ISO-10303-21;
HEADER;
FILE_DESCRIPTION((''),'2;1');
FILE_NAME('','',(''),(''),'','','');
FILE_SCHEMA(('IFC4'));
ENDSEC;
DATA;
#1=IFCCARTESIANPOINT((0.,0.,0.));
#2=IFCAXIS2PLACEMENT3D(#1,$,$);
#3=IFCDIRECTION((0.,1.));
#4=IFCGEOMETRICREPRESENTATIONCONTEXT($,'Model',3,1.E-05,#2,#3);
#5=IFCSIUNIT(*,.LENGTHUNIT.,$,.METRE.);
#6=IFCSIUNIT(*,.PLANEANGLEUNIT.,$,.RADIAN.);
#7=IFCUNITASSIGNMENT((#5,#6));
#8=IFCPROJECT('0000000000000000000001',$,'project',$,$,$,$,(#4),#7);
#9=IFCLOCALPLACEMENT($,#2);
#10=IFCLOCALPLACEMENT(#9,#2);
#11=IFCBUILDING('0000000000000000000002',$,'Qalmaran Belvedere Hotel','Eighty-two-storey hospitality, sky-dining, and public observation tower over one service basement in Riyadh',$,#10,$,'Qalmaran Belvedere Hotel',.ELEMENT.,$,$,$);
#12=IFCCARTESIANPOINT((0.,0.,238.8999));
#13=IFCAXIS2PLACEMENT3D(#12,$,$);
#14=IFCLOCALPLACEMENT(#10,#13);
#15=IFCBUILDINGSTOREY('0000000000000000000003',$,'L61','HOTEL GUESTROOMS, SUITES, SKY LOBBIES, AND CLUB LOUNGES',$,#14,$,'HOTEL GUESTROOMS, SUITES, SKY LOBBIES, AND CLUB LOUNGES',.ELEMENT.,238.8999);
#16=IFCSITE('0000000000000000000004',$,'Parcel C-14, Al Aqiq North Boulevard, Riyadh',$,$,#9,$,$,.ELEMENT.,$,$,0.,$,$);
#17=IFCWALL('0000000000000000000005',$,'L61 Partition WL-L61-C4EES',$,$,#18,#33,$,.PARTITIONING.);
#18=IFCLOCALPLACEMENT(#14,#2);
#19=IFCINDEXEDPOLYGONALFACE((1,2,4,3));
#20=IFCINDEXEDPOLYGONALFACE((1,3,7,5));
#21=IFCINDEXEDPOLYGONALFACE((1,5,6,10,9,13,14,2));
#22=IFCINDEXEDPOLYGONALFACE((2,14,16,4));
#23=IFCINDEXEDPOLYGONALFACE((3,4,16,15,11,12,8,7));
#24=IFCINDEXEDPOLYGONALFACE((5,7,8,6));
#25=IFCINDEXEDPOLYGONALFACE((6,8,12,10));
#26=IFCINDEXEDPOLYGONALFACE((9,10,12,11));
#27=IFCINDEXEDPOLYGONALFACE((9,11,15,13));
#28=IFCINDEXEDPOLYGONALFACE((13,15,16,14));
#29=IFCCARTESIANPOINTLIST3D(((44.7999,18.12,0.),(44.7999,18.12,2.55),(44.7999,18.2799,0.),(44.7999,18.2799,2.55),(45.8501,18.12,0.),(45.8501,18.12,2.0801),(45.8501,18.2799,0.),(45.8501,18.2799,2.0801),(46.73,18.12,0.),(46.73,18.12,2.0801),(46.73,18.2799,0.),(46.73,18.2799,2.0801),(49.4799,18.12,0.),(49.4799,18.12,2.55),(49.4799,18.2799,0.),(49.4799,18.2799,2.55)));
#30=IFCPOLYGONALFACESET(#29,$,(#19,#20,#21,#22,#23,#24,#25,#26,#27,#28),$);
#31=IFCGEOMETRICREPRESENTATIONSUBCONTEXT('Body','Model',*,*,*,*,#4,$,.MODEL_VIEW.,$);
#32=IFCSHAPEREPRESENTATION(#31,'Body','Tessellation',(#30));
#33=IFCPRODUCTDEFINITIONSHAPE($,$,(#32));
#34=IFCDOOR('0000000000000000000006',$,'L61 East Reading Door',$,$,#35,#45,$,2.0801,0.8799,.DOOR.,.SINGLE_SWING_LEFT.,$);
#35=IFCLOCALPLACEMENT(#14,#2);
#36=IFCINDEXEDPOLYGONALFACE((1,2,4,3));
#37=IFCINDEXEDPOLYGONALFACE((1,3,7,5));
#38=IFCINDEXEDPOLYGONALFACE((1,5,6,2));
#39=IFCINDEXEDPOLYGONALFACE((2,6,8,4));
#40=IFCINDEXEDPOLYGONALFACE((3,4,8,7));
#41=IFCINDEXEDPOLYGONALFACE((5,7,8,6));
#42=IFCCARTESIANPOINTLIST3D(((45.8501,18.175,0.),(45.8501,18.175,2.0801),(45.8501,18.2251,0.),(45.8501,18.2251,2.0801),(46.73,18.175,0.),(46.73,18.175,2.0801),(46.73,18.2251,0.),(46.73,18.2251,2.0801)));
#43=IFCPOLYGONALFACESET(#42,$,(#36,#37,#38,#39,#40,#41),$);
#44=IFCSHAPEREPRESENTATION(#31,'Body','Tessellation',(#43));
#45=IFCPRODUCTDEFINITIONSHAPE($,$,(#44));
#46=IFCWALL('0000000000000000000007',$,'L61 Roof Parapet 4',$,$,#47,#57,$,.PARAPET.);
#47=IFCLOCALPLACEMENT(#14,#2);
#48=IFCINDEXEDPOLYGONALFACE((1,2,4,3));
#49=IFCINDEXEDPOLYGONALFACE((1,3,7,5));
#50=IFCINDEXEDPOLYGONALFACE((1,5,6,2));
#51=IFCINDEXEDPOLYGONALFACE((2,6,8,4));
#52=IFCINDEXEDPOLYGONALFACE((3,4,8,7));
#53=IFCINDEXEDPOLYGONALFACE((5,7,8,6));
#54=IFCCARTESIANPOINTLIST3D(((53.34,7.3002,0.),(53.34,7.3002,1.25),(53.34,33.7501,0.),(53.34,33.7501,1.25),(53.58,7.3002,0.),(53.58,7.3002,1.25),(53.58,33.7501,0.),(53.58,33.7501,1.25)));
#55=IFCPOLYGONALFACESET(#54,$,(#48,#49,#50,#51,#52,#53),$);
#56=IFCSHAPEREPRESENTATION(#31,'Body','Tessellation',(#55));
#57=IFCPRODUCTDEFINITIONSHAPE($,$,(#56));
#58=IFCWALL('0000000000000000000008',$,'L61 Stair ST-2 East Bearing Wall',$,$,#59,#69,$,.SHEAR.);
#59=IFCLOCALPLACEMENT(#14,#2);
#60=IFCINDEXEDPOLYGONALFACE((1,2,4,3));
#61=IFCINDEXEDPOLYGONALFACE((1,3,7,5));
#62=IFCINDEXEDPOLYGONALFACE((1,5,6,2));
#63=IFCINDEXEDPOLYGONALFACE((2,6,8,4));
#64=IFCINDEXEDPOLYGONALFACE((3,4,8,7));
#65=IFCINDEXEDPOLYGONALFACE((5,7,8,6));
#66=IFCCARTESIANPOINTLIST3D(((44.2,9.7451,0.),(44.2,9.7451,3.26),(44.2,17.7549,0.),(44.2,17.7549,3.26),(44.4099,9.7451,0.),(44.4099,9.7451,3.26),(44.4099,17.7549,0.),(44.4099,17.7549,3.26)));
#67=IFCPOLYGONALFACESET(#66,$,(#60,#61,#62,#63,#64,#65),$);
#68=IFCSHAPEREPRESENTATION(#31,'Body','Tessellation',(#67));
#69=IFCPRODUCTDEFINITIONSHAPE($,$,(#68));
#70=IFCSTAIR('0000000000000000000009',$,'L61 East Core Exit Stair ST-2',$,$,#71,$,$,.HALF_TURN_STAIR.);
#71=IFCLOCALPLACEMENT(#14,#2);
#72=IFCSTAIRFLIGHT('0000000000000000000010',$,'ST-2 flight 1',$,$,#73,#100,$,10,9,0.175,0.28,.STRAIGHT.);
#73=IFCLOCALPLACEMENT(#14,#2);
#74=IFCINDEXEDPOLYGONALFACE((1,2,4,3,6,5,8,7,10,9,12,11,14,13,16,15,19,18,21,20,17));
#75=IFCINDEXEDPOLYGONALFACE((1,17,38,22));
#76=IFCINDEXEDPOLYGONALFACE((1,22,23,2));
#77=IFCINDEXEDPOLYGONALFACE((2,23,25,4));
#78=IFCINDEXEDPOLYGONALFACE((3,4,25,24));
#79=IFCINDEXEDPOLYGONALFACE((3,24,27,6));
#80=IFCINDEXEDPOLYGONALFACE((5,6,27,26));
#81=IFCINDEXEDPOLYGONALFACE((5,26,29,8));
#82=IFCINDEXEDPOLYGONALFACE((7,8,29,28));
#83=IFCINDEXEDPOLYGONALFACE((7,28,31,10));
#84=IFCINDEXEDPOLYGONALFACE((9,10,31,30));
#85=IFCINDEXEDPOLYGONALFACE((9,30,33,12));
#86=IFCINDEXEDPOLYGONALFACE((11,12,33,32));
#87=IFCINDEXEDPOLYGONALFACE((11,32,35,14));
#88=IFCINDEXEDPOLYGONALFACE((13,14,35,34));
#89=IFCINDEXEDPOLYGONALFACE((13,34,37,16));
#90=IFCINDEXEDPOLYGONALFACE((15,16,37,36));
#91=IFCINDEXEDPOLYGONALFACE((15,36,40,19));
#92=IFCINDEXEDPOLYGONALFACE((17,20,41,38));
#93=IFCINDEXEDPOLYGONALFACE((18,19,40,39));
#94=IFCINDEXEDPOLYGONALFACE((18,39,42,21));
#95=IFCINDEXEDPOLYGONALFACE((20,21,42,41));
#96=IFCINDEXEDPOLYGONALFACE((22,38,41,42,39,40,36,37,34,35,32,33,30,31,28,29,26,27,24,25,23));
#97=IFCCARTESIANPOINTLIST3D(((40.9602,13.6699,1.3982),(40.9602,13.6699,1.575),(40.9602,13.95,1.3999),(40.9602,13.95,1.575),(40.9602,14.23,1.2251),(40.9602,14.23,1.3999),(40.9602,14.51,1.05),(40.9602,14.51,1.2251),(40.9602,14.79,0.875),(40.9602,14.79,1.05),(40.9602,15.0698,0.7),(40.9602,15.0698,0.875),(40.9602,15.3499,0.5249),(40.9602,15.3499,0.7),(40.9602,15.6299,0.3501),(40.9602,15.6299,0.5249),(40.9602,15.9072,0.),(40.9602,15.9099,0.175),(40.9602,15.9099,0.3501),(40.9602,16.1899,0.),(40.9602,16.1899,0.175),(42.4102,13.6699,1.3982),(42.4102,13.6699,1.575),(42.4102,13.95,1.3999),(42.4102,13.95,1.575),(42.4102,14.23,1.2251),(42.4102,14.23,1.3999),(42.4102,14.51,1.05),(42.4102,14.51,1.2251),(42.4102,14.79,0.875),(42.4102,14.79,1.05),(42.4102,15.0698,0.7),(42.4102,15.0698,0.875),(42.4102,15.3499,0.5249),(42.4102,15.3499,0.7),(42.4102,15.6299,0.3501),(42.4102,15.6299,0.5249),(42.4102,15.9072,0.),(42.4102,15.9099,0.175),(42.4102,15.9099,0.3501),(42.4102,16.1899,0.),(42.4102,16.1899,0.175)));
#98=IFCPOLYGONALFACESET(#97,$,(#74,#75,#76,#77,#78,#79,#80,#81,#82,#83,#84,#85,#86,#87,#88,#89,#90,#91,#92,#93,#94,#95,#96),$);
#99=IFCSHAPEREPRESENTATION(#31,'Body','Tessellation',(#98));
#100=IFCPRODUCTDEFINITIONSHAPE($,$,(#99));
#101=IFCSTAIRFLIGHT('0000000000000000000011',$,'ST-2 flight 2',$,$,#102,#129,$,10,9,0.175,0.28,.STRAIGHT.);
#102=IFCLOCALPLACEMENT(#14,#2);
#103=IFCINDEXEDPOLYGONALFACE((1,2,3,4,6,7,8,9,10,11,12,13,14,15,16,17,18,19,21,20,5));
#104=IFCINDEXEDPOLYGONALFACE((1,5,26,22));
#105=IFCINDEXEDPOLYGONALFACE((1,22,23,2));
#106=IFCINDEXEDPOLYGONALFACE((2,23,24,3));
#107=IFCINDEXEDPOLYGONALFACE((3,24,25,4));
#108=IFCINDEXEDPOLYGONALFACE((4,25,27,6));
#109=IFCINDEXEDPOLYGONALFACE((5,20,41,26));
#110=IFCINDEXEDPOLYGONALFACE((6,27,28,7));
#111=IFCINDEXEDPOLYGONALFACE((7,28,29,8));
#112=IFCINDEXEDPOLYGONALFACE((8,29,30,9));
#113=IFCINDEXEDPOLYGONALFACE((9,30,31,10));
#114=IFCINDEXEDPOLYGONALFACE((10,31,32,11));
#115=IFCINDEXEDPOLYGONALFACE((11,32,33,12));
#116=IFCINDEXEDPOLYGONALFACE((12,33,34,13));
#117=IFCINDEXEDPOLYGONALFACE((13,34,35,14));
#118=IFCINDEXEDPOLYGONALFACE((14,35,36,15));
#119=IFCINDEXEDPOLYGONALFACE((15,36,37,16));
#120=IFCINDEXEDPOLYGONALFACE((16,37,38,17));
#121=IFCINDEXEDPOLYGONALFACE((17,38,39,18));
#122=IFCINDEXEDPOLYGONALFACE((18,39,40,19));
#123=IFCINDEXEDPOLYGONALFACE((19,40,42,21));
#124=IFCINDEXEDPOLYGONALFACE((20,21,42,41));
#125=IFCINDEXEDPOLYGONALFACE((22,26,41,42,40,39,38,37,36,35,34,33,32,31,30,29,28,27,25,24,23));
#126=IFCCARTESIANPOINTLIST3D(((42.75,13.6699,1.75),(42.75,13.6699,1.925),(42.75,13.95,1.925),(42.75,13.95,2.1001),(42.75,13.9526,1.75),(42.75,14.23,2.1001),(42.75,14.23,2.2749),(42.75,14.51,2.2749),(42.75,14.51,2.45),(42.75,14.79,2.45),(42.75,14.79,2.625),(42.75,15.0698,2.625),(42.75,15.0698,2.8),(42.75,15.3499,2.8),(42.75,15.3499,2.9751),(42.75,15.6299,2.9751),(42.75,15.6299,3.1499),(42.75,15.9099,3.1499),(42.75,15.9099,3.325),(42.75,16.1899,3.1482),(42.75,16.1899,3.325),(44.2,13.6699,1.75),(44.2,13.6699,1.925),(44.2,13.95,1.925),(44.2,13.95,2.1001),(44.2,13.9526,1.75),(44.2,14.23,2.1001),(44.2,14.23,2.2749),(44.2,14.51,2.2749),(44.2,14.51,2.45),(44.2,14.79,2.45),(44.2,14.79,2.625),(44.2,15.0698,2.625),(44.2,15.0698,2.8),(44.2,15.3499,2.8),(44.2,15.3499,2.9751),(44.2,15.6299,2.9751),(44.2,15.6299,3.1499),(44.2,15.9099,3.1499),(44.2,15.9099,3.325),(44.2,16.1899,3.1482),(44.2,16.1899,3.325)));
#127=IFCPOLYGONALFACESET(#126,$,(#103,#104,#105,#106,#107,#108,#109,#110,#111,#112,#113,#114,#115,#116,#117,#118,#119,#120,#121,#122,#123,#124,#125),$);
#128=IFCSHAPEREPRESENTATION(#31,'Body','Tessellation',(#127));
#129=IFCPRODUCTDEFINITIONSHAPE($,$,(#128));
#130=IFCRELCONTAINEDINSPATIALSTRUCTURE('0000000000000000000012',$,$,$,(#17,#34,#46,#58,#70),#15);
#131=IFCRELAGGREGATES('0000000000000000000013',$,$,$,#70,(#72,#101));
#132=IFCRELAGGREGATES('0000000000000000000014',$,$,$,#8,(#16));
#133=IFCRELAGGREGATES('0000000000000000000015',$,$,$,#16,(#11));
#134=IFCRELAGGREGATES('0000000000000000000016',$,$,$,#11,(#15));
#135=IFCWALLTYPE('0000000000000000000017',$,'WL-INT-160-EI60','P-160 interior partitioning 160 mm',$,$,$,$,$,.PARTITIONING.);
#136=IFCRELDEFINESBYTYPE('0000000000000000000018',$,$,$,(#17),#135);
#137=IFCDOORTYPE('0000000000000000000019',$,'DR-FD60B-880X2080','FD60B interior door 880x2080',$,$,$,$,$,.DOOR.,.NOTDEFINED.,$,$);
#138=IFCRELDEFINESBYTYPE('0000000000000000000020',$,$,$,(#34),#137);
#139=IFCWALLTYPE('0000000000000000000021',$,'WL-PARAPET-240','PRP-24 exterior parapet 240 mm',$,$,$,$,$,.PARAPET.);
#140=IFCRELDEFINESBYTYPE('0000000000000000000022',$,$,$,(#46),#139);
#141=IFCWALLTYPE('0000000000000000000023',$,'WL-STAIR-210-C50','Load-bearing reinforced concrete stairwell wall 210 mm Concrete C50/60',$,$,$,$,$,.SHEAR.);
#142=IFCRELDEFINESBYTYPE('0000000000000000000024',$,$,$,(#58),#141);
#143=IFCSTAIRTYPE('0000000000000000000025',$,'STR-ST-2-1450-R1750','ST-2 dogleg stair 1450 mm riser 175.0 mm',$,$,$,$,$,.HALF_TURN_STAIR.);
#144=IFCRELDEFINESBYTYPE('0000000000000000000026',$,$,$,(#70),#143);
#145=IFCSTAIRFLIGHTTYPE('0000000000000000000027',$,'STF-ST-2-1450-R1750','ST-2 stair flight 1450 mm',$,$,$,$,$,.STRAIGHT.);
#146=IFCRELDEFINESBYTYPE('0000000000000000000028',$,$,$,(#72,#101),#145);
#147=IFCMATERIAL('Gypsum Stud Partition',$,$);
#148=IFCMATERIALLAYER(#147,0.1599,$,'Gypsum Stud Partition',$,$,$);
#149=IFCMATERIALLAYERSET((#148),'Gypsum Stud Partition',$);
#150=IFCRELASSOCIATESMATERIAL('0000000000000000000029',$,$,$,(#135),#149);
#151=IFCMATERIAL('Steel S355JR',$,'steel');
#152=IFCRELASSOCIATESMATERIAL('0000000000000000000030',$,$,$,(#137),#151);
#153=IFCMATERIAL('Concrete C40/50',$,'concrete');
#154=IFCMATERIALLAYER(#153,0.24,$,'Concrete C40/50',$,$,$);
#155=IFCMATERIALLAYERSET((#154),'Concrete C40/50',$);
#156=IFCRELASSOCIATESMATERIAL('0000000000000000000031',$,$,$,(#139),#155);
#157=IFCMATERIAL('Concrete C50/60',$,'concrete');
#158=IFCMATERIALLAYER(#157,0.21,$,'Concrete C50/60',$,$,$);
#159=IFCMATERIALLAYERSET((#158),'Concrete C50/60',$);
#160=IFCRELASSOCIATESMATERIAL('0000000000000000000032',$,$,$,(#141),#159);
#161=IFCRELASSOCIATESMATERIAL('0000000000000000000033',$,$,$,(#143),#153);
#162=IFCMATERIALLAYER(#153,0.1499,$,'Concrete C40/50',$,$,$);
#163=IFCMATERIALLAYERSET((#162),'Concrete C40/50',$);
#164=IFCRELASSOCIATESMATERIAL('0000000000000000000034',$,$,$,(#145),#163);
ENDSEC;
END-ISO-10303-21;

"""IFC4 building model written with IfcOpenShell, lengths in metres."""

from ifc_helpers import new_model, si_unit, direction, frame, frame_2d, origin, place, context, subcontext, project, spatial, polyline, rectangle, outline, extrude, material, layer, layer_set, type_object, element, fill, aggregate, save


model = new_model("IFC4")

# Units and contexts
model_context = context("Model", 3, precision=1e-05, world=origin(), true_north=direction((0.0, 1.0)))
body_context = subcontext(model_context, "Body", "Model", "MODEL_VIEW")
ifc_project = project(units=[si_unit("LENGTHUNIT", "METRE"), si_unit("PLANEANGLEUNIT", "RADIAN")], contexts=[model_context])

# Site, building, storey
site_placement = place(None, origin())
site = spatial("IfcSite", under=ifc_project, at=site_placement, Name="Parcel C-14, Al Aqiq North Boulevard, Riyadh", CompositionType="ELEMENT", RefElevation=0.0)
building_placement = place(site_placement, origin())
building = spatial("IfcBuilding", under=site, at=building_placement, Name="Qalmaran Belvedere Hotel", Description="Eighty-two-storey hospitality, sky-dining, and public observation tower over one service basement in Riyadh", LongName="Qalmaran Belvedere Hotel", CompositionType="ELEMENT")
storey_placement = place(building_placement, frame((0.0, 0.0, 238.8999)))
storey = spatial("IfcBuildingStorey", under=building, at=storey_placement, Name="L61", Description="HOTEL GUESTROOMS, SUITES, SKY LOBBIES, AND CLUB LOUNGES", LongName="HOTEL GUESTROOMS, SUITES, SKY LOBBIES, AND CLUB LOUNGES", CompositionType="ELEMENT", Elevation=238.8999)

# Shared definitions
ifc_material_1 = material(Name="Concrete C50/60", Category="concrete")

# Shared definitions
ifc_material_2 = material(Name="Steel S355JR", Category="steel")

# Shared definitions
ifc_material_3 = material(Name="Gypsum Stud Partition")

# Wall, opening, door
ifc_layer_1 = layer(ifc_material_3, 0.1599, Name="Gypsum Stud Partition")
ifc_layer_set_1 = layer_set([ifc_layer_1], Name="Gypsum Stud Partition")
wall_type_1 = type_object("IfcWallType", Name="WL-INT-160-EI60", Description="P-160 interior partitioning 160 mm", PredefinedType="PARTITIONING", material=ifc_layer_set_1)
wall_1_placement = place(storey_placement, frame((44.8, 18.2, 0.0), z_axis=(0.0, 0.0, 1.0), x_axis=(1.0, 0.0, 0.0)))
wall_1 = element("IfcWall", 1, at=wall_1_placement, inside=storey, type_object=wall_type_1, Name="L61 Partition WL-L61-C4EES", PredefinedType="PARTITIONING", context=body_context, shape_type="SweptSolid", body=[
    extrude(rectangle(XDim=4.6799, YDim=0.1599, at=frame_2d((2.3398, 0.0))), origin(), (0.0, 0.0, 1.0), 2.55),
])
opening_1_placement = place(wall_1_placement, frame((1.9299, 0.0, 0.0), z_axis=(0.0, 0.0, 1.0), x_axis=(-1.0, 0.0, 0.0)))
opening_1 = element("IfcOpeningElement", 2, at=opening_1_placement, cuts=wall_1, PredefinedType="OPENING", context=body_context, shape_type="SweptSolid", body=[
    extrude(rectangle(XDim=0.8799, YDim=2.0801, at=frame_2d((0.4399, 1.04))), frame((0.0, 0.0898, 0.0), z_axis=(0.0, -1.0, 0.0), x_axis=(1.0, 0.0, 0.0)), (0.0, 0.0, 1.0), 0.1799),
])
door_type = type_object("IfcDoorType", Name="DR-FD60B-880X2080", Description="FD60B interior door 880x2080", OperationType="NOTDEFINED", PredefinedType="DOOR", material=ifc_material_2)
door_placement = place(opening_1_placement, origin())
door = element("IfcDoor", 3, at=door_placement, inside=storey, type_object=door_type, Name="L61 East Reading Door", OperationType="SINGLE_SWING_LEFT", OverallHeight=2.0801, OverallWidth=0.8799, PredefinedType="DOOR", context=body_context, shape_type="SweptSolid", body=[
    extrude(rectangle(XDim=0.8799, YDim=2.0801, at=frame_2d((0.4399, 1.04))), frame((0.0, 0.0249, 0.0), z_axis=(0.0, -1.0, 0.0), x_axis=(1.0, 0.0, 0.0)), (0.0, 0.0, 1.0), 0.05),
])
fill(opening_1, door)

# Walls
ifc_material_4 = material(Name="Concrete C40/50", Category="concrete")
ifc_layer_2 = layer(ifc_material_4, 0.24, Name="Concrete C40/50")
ifc_layer_set_2 = layer_set([ifc_layer_2], Name="Concrete C40/50")
wall_type_2 = type_object("IfcWallType", Name="WL-PARAPET-240", Description="PRP-24 exterior parapet 240 mm", PredefinedType="PARAPET", material=ifc_layer_set_2)
wall_2_placement = place(storey_placement, frame((53.46, 7.3, 0.0), z_axis=(0.0, 0.0, 1.0), x_axis=(0.0, 1.0, 0.0)))
element("IfcWall", 4, at=wall_2_placement, inside=storey, type_object=wall_type_2, Name="L61 Roof Parapet 4", PredefinedType="PARAPET", context=body_context, shape_type="SweptSolid", body=[
    extrude(rectangle(XDim=26.45, YDim=0.24, at=frame_2d((13.2251, 0.0))), origin(), (0.0, 0.0, 1.0), 1.25),
])
ifc_layer_3 = layer(ifc_material_1, 0.21, Name="Concrete C50/60")
ifc_layer_set_3 = layer_set([ifc_layer_3], Name="Concrete C50/60")
wall_type_3 = type_object("IfcWallType", Name="WL-STAIR-210-C50", Description="Load-bearing reinforced concrete stairwell wall 210 mm Concrete C50/60", PredefinedType="SHEAR", material=ifc_layer_set_3)
wall_3_placement = place(storey_placement, frame((44.3049, 9.7451, 0.0), z_axis=(0.0, 0.0, 1.0), x_axis=(0.0, 1.0, 0.0)))
element("IfcWall", 5, at=wall_3_placement, inside=storey, type_object=wall_type_3, Name="L61 Stair ST-2 East Bearing Wall", PredefinedType="SHEAR", context=body_context, shape_type="SweptSolid", body=[
    extrude(rectangle(XDim=8.0098, YDim=0.21, at=frame_2d((4.0049, 0.0))), origin(), (0.0, 0.0, 1.0), 3.26),
])

# Stair, stair flights
stair_type = type_object("IfcStairType", Name="STR-ST-2-1450-R1750", Description="ST-2 dogleg stair 1450 mm riser 175.0 mm", PredefinedType="HALF_TURN_STAIR", material=ifc_material_4)
stair_placement = place(storey_placement, origin())
stair = element("IfcStair", 6, at=stair_placement, inside=storey, type_object=stair_type, Name="L61 East Core Exit Stair ST-2", PredefinedType="HALF_TURN_STAIR")
ifc_layer_4 = layer(ifc_material_4, 0.1499, Name="Concrete C40/50")
ifc_layer_set_4 = layer_set([ifc_layer_4], Name="Concrete C40/50")
stair_flight_type = type_object("IfcStairFlightType", Name="STF-ST-2-1450-R1750", Description="ST-2 stair flight 1450 mm", PredefinedType="STRAIGHT", material=ifc_layer_set_4)
stair_flight_1_placement = place(storey_placement, frame((41.6851, 16.1899, 0.0), z_axis=(0.0, 0.0, 1.0), x_axis=(0.0, -1.0, 0.0)))
stair_flight_1 = element("IfcStairFlight", 7, at=stair_flight_1_placement, type_object=stair_flight_type, Name="ST-2 flight 1", NumberOfRisers=10, NumberOfTreads=9, PredefinedType="STRAIGHT", RiserHeight=0.175, TreadLength=0.28, context=body_context, shape_type="SweptSolid", body=[
    extrude(outline(polyline([(0.0, 0.0), (0.0, 0.175), (0.28, 0.175), (0.28, 0.3501), (0.5601, 0.3501), (0.5601, 0.5249), (0.8401, 0.5249), (0.8401, 0.7), (1.1201, 0.7), (1.1201, 0.875), (1.3999, 0.875), (1.3999, 1.05), (1.6799, 1.05), (1.6799, 1.2251), (1.96, 1.2251), (1.96, 1.3999), (2.24, 1.3999), (2.24, 1.575), (2.52, 1.575), (2.52, 1.75), (2.52, 1.3982), (0.2827, 0.0), (0.0, 0.0)])), frame((0.0, 0.7251, 0.0), z_axis=(0.0, -1.0, 0.0), x_axis=(1.0, 0.0, 0.0)), (0.0, 0.0, 1.0), 1.45),
])
stair_flight_2_placement = place(storey_placement, frame((43.4751, 13.6699, 1.75), z_axis=(0.0, 0.0, 1.0), x_axis=(0.0, 1.0, 0.0)))
stair_flight_2 = element("IfcStairFlight", 8, at=stair_flight_2_placement, type_object=stair_flight_type, Name="ST-2 flight 2", NumberOfRisers=10, NumberOfTreads=9, PredefinedType="STRAIGHT", RiserHeight=0.175, TreadLength=0.28, context=body_context, shape_type="SweptSolid", body=[
    extrude(outline(polyline([(0.0, 0.0), (0.0, 0.175), (0.28, 0.175), (0.28, 0.3501), (0.5601, 0.3501), (0.5601, 0.5249), (0.8401, 0.5249), (0.8401, 0.7), (1.1201, 0.7), (1.1201, 0.875), (1.3999, 0.875), (1.3999, 1.05), (1.6799, 1.05), (1.6799, 1.2251), (1.96, 1.2251), (1.96, 1.3999), (2.24, 1.3999), (2.24, 1.575), (2.52, 1.575), (2.52, 1.75), (2.52, 1.3982), (0.2827, 0.0), (0.0, 0.0)])), frame((0.0, 0.7251, 0.0), z_axis=(0.0, -1.0, 0.0), x_axis=(1.0, 0.0, 0.0)), (0.0, 0.0, 1.0), 1.45),
])
aggregate(stair, [stair_flight_1, stair_flight_2])

save(model, "model.ifc")
